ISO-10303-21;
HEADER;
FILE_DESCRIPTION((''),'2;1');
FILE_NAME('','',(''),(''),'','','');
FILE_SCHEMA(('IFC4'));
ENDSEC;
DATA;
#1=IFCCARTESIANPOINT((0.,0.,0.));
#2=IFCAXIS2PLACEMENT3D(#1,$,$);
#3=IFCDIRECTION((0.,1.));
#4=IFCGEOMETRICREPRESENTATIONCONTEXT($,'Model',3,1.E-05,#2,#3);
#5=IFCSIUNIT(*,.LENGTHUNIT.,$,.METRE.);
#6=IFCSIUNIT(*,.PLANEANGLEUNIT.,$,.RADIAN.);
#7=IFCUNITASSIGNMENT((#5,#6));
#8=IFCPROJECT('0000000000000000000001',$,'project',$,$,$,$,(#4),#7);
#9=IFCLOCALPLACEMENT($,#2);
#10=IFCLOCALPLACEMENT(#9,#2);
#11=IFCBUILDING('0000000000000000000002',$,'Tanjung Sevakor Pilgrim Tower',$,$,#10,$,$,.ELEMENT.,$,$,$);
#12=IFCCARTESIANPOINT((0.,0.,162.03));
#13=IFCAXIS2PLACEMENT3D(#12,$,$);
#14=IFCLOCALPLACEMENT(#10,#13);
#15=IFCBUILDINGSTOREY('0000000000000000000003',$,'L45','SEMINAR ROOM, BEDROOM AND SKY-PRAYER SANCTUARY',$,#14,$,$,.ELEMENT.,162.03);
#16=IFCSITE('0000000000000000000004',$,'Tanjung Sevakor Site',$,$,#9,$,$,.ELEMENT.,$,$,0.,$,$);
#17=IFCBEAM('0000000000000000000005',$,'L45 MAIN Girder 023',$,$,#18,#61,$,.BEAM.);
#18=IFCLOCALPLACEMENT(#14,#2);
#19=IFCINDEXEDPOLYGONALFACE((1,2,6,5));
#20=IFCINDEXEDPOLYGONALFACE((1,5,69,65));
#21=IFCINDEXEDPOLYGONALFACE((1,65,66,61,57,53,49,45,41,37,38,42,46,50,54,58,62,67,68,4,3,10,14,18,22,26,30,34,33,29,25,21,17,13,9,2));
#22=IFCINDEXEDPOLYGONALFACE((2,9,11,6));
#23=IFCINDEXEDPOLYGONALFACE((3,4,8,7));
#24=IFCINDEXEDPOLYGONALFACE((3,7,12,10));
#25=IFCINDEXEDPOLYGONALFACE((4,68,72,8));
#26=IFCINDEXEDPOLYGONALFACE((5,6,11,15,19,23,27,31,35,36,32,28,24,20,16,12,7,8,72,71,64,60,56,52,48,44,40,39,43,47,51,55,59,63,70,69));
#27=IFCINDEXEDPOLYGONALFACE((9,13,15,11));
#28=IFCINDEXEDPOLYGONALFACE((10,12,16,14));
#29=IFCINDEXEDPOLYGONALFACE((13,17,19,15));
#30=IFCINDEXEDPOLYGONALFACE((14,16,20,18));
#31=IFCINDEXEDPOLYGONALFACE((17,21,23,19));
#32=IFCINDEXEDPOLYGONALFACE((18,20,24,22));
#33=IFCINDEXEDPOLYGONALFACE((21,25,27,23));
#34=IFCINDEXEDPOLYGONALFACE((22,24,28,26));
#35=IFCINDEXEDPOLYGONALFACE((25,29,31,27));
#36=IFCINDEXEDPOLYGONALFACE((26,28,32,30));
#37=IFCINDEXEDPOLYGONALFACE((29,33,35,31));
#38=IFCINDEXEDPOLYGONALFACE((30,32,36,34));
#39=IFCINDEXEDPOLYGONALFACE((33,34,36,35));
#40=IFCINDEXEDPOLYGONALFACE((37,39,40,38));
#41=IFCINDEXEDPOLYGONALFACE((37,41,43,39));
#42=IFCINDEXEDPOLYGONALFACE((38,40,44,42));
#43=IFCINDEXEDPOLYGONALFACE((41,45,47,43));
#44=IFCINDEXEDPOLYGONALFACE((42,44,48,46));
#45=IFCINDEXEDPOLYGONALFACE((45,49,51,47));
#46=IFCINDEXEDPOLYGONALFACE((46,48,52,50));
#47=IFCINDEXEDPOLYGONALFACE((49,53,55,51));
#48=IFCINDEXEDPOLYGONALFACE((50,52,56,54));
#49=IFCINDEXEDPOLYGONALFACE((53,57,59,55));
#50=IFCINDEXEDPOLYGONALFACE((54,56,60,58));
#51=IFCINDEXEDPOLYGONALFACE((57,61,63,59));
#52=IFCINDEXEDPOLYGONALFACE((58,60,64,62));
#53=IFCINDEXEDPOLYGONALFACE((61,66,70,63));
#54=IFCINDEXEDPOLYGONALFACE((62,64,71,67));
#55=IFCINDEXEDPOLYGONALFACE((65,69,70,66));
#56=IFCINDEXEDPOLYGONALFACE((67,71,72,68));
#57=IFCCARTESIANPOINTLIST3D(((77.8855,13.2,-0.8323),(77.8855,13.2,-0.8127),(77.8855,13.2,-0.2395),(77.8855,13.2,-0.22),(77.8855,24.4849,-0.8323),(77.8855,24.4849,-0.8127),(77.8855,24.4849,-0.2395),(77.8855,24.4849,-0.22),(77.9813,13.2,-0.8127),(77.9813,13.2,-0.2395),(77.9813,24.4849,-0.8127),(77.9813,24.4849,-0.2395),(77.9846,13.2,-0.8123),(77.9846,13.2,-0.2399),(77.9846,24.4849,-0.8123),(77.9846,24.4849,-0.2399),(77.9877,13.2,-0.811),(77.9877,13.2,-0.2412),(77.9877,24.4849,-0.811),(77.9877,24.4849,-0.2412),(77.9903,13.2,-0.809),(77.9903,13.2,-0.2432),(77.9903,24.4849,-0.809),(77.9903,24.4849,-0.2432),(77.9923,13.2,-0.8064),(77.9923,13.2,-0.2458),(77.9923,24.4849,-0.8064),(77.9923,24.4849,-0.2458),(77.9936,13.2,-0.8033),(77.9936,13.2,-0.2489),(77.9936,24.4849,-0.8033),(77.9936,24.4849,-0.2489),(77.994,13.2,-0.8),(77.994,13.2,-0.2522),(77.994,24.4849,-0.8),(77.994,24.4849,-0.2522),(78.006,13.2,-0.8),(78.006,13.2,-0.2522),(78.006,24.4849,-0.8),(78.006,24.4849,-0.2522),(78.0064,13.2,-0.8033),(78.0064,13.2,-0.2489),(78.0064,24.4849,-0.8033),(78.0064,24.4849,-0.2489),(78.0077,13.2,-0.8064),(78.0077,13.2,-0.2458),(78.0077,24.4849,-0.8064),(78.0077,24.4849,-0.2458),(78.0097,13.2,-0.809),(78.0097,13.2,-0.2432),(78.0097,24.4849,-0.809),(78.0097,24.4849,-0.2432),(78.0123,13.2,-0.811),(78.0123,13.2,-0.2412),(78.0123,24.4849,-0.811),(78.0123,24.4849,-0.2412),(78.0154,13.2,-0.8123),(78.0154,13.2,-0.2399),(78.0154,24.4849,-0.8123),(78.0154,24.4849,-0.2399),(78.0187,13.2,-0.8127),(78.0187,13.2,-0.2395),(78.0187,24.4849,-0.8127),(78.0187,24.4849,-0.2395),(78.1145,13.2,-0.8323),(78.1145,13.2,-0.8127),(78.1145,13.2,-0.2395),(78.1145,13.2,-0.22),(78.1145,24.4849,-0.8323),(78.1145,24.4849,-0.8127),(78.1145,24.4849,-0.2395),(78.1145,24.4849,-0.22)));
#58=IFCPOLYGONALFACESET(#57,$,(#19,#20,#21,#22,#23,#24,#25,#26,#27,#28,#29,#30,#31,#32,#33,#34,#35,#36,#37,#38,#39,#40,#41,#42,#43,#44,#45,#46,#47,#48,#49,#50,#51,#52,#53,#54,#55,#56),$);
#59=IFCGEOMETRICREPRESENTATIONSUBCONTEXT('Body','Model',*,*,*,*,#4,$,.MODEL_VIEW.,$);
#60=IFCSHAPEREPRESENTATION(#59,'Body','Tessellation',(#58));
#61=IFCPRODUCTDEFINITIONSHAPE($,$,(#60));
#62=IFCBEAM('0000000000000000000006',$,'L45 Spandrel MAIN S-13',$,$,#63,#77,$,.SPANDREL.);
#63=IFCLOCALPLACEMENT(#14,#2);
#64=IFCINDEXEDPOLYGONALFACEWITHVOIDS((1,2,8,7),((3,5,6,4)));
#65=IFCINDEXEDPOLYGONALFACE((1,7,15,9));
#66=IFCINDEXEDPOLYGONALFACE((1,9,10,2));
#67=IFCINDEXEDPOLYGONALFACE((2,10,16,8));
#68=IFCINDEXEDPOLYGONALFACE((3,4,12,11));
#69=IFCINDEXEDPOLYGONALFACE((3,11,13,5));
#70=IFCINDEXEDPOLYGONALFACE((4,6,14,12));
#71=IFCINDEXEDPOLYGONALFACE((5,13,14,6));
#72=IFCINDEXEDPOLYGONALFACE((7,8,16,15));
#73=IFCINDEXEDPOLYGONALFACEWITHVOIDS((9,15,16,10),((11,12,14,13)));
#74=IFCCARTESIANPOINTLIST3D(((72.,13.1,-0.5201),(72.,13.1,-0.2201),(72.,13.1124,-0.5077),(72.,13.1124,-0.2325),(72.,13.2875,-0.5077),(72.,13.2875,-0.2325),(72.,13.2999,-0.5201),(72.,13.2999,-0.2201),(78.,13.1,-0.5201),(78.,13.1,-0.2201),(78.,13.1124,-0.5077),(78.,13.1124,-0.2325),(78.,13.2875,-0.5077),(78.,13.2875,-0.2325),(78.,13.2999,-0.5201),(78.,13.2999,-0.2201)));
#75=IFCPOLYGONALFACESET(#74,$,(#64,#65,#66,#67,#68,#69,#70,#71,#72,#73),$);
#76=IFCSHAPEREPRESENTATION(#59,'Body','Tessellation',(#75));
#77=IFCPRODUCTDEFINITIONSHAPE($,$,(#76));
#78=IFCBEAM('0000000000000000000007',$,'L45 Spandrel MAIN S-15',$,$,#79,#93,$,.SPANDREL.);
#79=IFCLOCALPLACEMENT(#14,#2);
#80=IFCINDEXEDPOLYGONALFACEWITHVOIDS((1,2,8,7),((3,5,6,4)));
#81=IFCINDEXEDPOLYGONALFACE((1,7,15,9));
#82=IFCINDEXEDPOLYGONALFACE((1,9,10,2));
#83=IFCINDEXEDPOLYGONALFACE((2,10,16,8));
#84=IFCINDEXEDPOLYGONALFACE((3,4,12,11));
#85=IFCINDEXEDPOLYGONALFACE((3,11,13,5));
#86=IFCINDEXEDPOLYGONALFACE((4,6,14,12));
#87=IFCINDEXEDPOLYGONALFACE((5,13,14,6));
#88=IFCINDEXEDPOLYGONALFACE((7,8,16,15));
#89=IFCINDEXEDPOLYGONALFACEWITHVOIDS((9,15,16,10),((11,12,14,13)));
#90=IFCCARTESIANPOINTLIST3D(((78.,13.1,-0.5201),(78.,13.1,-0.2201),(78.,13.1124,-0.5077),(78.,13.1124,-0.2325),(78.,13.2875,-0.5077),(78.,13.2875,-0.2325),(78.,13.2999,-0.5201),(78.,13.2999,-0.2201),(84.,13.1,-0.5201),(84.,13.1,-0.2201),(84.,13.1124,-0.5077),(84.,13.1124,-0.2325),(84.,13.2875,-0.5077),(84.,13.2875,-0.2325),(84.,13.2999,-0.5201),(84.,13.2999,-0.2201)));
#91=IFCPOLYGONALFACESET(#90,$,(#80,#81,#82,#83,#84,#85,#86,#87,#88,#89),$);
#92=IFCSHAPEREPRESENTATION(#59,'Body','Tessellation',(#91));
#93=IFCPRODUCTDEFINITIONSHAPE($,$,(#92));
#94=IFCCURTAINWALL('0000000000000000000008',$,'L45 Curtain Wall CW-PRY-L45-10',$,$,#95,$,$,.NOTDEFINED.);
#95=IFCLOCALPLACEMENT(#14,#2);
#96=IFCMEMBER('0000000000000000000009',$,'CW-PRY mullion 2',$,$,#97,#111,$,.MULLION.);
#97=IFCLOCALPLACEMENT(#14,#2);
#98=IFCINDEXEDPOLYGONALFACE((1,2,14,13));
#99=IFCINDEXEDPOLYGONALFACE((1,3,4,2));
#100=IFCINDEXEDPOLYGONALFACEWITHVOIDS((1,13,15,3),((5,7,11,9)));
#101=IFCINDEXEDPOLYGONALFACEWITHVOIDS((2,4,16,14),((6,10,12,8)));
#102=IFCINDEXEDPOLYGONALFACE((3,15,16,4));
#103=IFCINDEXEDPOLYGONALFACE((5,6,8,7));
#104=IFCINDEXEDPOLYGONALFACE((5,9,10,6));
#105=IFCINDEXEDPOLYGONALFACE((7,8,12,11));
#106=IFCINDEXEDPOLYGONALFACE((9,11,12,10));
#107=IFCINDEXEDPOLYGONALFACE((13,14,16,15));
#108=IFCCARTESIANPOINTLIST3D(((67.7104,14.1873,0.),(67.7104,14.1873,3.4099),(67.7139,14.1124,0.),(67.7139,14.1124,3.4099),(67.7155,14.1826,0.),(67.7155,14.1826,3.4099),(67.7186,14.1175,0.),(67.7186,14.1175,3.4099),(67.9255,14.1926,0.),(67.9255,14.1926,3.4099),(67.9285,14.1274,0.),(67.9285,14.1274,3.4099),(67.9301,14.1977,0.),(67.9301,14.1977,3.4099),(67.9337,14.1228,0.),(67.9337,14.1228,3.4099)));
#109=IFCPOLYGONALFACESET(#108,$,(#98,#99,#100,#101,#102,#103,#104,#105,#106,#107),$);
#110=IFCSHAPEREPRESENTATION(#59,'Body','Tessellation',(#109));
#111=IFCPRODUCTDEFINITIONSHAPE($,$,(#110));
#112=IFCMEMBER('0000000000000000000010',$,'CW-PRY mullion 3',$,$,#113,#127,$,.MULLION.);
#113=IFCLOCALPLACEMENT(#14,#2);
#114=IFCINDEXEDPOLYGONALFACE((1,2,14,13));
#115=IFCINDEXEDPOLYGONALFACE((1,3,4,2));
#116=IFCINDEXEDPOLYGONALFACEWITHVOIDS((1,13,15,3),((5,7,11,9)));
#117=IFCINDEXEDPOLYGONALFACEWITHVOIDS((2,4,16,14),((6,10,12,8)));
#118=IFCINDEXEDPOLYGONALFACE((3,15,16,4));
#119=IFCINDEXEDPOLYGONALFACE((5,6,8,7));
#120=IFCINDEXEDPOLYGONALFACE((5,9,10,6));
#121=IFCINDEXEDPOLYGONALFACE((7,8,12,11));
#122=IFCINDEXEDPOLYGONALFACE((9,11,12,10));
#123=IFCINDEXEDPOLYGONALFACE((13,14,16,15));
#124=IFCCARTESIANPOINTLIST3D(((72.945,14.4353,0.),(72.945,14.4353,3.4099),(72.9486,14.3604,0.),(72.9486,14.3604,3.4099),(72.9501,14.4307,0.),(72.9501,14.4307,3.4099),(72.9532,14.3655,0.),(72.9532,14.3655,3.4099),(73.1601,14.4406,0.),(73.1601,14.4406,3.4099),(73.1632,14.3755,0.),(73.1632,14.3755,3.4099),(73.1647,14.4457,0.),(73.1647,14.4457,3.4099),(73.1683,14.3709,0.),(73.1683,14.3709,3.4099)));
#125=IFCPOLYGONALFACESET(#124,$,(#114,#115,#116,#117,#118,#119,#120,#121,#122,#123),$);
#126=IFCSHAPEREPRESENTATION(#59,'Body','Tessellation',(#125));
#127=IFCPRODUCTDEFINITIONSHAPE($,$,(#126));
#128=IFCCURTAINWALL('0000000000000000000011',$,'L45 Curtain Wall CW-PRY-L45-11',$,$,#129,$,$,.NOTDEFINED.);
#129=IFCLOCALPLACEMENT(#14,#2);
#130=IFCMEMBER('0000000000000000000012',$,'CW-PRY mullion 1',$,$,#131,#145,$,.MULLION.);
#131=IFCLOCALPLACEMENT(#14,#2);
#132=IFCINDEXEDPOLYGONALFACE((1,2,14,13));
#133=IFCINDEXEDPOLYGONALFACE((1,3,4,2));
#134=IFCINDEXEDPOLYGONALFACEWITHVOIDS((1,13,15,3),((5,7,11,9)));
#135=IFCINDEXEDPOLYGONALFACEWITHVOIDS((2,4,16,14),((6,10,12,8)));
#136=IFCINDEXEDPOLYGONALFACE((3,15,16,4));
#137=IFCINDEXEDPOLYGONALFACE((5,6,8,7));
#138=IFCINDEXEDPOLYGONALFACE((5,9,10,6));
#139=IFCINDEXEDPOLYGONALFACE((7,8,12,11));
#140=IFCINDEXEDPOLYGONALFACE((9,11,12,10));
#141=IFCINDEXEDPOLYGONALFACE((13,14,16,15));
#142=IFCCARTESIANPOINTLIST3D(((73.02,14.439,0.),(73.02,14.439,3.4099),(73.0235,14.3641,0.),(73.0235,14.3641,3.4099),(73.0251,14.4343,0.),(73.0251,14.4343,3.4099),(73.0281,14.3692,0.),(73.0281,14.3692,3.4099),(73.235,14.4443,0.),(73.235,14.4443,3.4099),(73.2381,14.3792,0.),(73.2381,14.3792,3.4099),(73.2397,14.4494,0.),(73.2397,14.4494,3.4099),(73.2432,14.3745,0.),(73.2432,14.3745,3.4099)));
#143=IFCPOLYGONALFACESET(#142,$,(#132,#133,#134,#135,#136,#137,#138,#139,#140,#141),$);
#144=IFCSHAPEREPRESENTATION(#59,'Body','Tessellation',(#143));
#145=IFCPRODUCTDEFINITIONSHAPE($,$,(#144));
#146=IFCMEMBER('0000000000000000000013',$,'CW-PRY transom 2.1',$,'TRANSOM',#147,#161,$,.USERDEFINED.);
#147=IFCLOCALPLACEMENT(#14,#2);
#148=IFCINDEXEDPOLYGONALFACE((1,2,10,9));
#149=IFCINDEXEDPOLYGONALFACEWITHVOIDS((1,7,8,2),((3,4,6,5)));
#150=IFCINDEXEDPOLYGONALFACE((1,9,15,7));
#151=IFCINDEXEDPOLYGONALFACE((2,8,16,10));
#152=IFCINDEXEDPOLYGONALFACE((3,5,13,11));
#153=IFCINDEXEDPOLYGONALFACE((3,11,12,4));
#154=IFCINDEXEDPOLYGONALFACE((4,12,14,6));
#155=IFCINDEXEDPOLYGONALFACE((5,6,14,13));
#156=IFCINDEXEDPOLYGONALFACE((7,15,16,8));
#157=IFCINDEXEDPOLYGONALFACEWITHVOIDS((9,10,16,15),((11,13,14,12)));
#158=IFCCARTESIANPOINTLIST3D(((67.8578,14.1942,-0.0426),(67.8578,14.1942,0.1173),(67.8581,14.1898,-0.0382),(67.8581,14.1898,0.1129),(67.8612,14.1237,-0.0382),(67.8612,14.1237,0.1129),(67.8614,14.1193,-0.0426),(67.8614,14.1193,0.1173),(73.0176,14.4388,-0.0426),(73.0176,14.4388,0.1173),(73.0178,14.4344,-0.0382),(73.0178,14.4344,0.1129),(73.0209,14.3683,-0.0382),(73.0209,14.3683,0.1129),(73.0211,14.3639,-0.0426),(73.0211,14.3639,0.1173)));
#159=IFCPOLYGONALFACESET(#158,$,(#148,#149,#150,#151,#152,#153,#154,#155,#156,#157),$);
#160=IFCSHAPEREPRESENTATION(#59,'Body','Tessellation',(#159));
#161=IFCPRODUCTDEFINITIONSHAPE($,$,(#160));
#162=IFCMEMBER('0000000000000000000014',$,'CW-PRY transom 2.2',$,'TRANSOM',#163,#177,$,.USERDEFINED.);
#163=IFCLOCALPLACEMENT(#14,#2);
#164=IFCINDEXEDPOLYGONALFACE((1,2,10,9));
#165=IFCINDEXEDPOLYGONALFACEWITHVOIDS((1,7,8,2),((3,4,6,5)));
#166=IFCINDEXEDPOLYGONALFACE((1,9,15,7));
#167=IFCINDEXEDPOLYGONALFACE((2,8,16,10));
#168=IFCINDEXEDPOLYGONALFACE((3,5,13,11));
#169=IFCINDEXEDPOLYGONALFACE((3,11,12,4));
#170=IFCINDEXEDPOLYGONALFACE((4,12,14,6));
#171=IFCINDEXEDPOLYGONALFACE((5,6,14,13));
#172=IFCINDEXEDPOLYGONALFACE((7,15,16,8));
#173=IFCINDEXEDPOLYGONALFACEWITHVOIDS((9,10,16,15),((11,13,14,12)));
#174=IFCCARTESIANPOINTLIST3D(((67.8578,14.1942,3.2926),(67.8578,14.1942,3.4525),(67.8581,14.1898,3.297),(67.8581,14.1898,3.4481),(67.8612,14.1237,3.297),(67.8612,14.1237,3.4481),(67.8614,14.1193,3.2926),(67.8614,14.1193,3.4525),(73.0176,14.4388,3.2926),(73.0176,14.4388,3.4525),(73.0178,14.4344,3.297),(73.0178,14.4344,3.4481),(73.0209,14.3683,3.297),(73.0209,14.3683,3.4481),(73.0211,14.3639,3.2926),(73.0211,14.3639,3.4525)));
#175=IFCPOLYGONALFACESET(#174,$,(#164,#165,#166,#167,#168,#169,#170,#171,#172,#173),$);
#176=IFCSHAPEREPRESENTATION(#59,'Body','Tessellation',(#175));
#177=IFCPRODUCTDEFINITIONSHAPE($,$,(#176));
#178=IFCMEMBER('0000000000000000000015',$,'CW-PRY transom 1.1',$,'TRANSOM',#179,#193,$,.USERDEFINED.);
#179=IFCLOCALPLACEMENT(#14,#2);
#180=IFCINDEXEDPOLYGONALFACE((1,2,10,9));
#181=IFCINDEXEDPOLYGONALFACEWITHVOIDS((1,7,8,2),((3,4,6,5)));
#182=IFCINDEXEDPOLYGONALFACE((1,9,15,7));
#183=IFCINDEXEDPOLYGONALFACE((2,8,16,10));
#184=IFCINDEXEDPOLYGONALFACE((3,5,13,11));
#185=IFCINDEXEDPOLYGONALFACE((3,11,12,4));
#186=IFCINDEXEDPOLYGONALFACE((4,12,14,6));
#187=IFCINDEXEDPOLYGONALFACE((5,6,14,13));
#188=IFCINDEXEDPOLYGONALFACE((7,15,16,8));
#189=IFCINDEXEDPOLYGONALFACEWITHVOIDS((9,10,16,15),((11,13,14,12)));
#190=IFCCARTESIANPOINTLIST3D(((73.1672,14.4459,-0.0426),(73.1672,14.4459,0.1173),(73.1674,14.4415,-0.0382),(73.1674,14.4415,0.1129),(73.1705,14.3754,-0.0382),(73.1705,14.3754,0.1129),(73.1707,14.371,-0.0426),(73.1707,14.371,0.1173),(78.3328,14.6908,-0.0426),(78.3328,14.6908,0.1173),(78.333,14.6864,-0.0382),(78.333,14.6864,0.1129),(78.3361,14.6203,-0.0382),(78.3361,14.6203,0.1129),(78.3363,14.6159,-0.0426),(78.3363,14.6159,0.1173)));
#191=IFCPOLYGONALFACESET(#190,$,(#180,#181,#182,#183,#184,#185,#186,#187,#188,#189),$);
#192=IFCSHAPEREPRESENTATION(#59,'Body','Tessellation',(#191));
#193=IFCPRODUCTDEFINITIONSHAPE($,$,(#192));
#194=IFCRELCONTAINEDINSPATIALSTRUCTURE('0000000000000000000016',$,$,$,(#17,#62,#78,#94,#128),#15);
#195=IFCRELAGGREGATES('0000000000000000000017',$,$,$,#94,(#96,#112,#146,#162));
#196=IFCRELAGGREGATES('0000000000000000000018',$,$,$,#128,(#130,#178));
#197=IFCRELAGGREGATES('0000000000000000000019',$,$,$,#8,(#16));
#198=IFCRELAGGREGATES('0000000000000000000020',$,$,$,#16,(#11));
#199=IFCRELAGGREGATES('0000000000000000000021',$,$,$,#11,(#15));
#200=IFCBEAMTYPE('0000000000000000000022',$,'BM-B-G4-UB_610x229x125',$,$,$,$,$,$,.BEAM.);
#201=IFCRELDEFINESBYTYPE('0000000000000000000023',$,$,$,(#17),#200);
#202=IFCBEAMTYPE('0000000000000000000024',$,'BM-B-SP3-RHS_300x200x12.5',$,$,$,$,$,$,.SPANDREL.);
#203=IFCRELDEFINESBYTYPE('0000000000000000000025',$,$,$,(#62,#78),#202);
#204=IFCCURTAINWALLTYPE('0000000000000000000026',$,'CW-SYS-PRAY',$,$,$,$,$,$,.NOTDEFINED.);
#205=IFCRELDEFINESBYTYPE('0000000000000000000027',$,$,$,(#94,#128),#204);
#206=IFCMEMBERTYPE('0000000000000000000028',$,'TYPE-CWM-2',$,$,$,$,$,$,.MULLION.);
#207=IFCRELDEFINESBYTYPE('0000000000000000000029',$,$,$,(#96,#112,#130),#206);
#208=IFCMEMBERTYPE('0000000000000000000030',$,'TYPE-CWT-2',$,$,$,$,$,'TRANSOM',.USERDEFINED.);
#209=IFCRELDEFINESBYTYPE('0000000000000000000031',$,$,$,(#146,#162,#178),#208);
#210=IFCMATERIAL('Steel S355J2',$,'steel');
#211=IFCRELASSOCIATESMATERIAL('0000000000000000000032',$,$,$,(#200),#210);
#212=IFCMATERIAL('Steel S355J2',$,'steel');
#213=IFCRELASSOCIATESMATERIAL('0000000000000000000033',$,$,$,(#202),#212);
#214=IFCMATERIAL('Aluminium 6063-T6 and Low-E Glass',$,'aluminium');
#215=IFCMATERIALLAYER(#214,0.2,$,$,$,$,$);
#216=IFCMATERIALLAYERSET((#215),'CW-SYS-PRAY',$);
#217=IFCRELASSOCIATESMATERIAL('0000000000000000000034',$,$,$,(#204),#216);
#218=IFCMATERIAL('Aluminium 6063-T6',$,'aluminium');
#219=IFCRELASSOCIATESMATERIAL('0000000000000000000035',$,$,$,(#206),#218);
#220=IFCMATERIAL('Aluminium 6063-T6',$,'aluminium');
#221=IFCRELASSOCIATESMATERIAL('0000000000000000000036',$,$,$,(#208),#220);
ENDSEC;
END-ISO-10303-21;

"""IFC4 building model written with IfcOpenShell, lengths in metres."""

from ifc_helpers import new_model, si_unit, direction, frame, origin, origin_2d, place, context, subcontext, project, spatial, hollow_rectangle, i_section, extrude, material, layer, layer_set, material_profile, profile_set, type_object, element, aggregate, save


model = new_model("IFC4")

# Units and contexts
model_context = context("Model", 3, precision=1e-05, world=origin(), true_north=direction((0.0, 1.0)))
body_context = subcontext(model_context, "Body", "Model", "MODEL_VIEW")
ifc_project = project(units=[si_unit("LENGTHUNIT", "METRE"), si_unit("PLANEANGLEUNIT", "RADIAN")], contexts=[model_context])

# Site, building, storey
site_placement = place(None, origin())
site = spatial("IfcSite", under=ifc_project, at=site_placement, Name="Tanjung Sevakor Site", CompositionType="ELEMENT", RefElevation=0.0)
building_placement = place(site_placement, origin())
building = spatial("IfcBuilding", under=site, at=building_placement, Name="Tanjung Sevakor Pilgrim Tower", CompositionType="ELEMENT")
storey_placement = place(building_placement, frame((0.0, 0.0, 162.03)))
storey = spatial("IfcBuildingStorey", under=building, at=storey_placement, Name="L45", Description="SEMINAR ROOM, BEDROOM AND SKY-PRAYER SANCTUARY", CompositionType="ELEMENT", Elevation=162.03)

# Beams
ifc_material_1 = material(Name="Steel S355J2", Category="steel")
ifc_material_profile_1 = material_profile(ifc_material_1, i_section(OverallWidth=0.229, OverallDepth=0.6123, WebThickness=0.012, FlangeThickness=0.0195, FilletRadius=0.0127, at=origin_2d()))
ifc_profile_set_1 = profile_set([ifc_material_profile_1], Name="Steel S355J2")
beam_type_1 = type_object("IfcBeamType", Name="BM-B-G4-UB_610x229x125", PredefinedType="BEAM", material=ifc_profile_set_1)
beam_1_placement = place(storey_placement, frame((78.0, 13.2, -0.5261), z_axis=(0.0, 1.0, 0.0), x_axis=(-1.0, 0.0, 0.0)))
element("IfcBeam", 1, at=beam_1_placement, inside=storey, type_object=beam_type_1, Name="L45 MAIN Girder 023", PredefinedType="BEAM", context=body_context, shape_type="SweptSolid", body=[
    extrude(i_section(OverallWidth=0.229, OverallDepth=0.6123, WebThickness=0.012, FlangeThickness=0.0195, FilletRadius=0.0127, at=origin_2d()), origin(), (0.0, 0.0, 1.0), 11.2849),
])
ifc_material_2 = material(Name="Steel S355J2", Category="steel")
ifc_material_profile_2 = material_profile(ifc_material_2, hollow_rectangle(XDim=0.2, YDim=0.3, WallThickness=0.0125, at=origin_2d()))
ifc_profile_set_2 = profile_set([ifc_material_profile_2], Name="Steel S355J2")
beam_type_2 = type_object("IfcBeamType", Name="BM-B-SP3-RHS_300x200x12.5", PredefinedType="SPANDREL", material=ifc_profile_set_2)
for number, where, z_axis, x_axis, name in (
    (2, (72.0, 13.2, -0.3701), (1.0, 0.0, 0.0), (0.0, 1.0, 0.0), "L45 Spandrel MAIN S-13"),
    (3, (78.0, 13.2, -0.3701), (1.0, 0.0, 0.0), (0.0, 1.0, 0.0), "L45 Spandrel MAIN S-15"),
):
    element("IfcBeam", number, at=place(storey_placement, frame(where, z_axis=z_axis, x_axis=x_axis)), inside=storey, type_object=beam_type_2, Name=name, PredefinedType="SPANDREL", context=body_context, shape_type="SweptSolid", body=[
        extrude(hollow_rectangle(XDim=0.2, YDim=0.3, WallThickness=0.0125, at=origin_2d()), origin(), (0.0, 0.0, 1.0), 6.0),
    ])

# Curtain wall, members
ifc_material_3 = material(Name="Aluminium 6063-T6 and Low-E Glass", Category="aluminium")
ifc_layer_1 = layer(ifc_material_3, 0.2)
ifc_layer_set_1 = layer_set([ifc_layer_1], Name="CW-SYS-PRAY")
curtain_wall_type = type_object("IfcCurtainWallType", Name="CW-SYS-PRAY", PredefinedType="NOTDEFINED", material=ifc_layer_set_1)
curtain_wall_1_placement = place(storey_placement, origin())
curtain_wall_1 = element("IfcCurtainWall", 4, at=curtain_wall_1_placement, inside=storey, type_object=curtain_wall_type, Name="L45 Curtain Wall CW-PRY-L45-10", PredefinedType="NOTDEFINED")
ifc_material_4 = material(Name="Aluminium 6063-T6", Category="aluminium")
ifc_material_profile_3 = material_profile(ifc_material_4, hollow_rectangle(XDim=0.075, YDim=0.22, WallThickness=0.0049, at=origin_2d()))
ifc_profile_set_3 = profile_set([ifc_material_profile_3], Name="Aluminium 6063-T6")
member_type_1 = type_object("IfcMemberType", Name="TYPE-CWM-2", PredefinedType="MULLION", material=ifc_profile_set_3)
member_1_placement = place(storey_placement, frame((67.822, 14.155, 0.0), z_axis=(0.0, 0.0, 1.0), x_axis=(-0.047348, 0.998878, 0.0)))
member_1 = element("IfcMember", 5, at=member_1_placement, type_object=member_type_1, Name="CW-PRY mullion 2", PredefinedType="MULLION", context=body_context, shape_type="SweptSolid", body=[
    extrude(hollow_rectangle(XDim=0.075, YDim=0.22, WallThickness=0.0049, at=origin_2d()), origin(), (0.0, 0.0, 1.0), 3.4099),
])
member_2_placement = place(storey_placement, frame((73.0566, 14.4031, 0.0), z_axis=(0.0, 0.0, 1.0), x_axis=(-0.047348, 0.998878, 0.0)))
member_2 = element("IfcMember", 6, at=member_2_placement, type_object=member_type_1, Name="CW-PRY mullion 3", PredefinedType="MULLION", context=body_context, shape_type="SweptSolid", body=[
    extrude(hollow_rectangle(XDim=0.075, YDim=0.22, WallThickness=0.0049, at=origin_2d()), origin(), (0.0, 0.0, 1.0), 3.4099),
])

# Curtain wall, member
curtain_wall_2_placement = place(storey_placement, origin())
curtain_wall_2 = element("IfcCurtainWall", 7, at=curtain_wall_2_placement, inside=storey, type_object=curtain_wall_type, Name="L45 Curtain Wall CW-PRY-L45-11", PredefinedType="NOTDEFINED")
member_3_placement = place(storey_placement, frame((73.1316, 14.4067, 0.0), z_axis=(0.0, 0.0, 1.0), x_axis=(-0.047333, 0.998879, 0.0)))
member_3 = element("IfcMember", 8, at=member_3_placement, type_object=member_type_1, Name="CW-PRY mullion 1", PredefinedType="MULLION", context=body_context, shape_type="SweptSolid", body=[
    extrude(hollow_rectangle(XDim=0.075, YDim=0.22, WallThickness=0.0049, at=origin_2d()), origin(), (0.0, 0.0, 1.0), 3.4099),
])

# Members
ifc_material_5 = material(Name="Aluminium 6063-T6", Category="aluminium")
ifc_material_profile_4 = material_profile(ifc_material_5, hollow_rectangle(XDim=0.075, YDim=0.1599, WallThickness=0.0044, at=origin_2d()))
ifc_profile_set_4 = profile_set([ifc_material_profile_4], Name="Aluminium 6063-T6")
member_type_2 = type_object("IfcMemberType", Name="TYPE-CWT-2", ElementType="TRANSOM", PredefinedType="USERDEFINED", material=ifc_profile_set_4)
member_4_placement = place(storey_placement, frame((67.8596, 14.1567, 0.0374), z_axis=(0.998878, 0.047359, 0.0), x_axis=(-0.047359, 0.998878, 0.0)))
member_4 = element("IfcMember", 9, at=member_4_placement, type_object=member_type_2, Name="CW-PRY transom 2.1", ObjectType="TRANSOM", PredefinedType="USERDEFINED", context=body_context, shape_type="SweptSolid", body=[
    extrude(hollow_rectangle(XDim=0.075, YDim=0.1599, WallThickness=0.0044, at=origin_2d()), origin(), (0.0, 0.0, 1.0), 5.1655),
])
member_5_placement = place(storey_placement, frame((67.8596, 14.1567, 3.3726), z_axis=(0.998878, 0.047359, 0.0), x_axis=(-0.047359, 0.998878, 0.0)))
member_5 = element("IfcMember", 10, at=member_5_placement, type_object=member_type_2, Name="CW-PRY transom 2.2", ObjectType="TRANSOM", PredefinedType="USERDEFINED", context=body_context, shape_type="SweptSolid", body=[
    extrude(hollow_rectangle(XDim=0.075, YDim=0.1599, WallThickness=0.0044, at=origin_2d()), origin(), (0.0, 0.0, 1.0), 5.1655),
])
member_6_placement = place(storey_placement, frame((73.1689, 14.4084, 0.0374), z_axis=(0.998878, 0.047352, 0.0), x_axis=(-0.047352, 0.998878, 0.0)))
member_6 = element("IfcMember", 11, at=member_6_placement, type_object=member_type_2, Name="CW-PRY transom 1.1", ObjectType="TRANSOM", PredefinedType="USERDEFINED", context=body_context, shape_type="SweptSolid", body=[
    extrude(hollow_rectangle(XDim=0.075, YDim=0.1599, WallThickness=0.0044, at=origin_2d()), origin(), (0.0, 0.0, 1.0), 5.1714),
])

aggregate(curtain_wall_1, [member_1, member_2, member_4, member_5])
aggregate(curtain_wall_2, [member_3, member_6])

save(model, "model.ifc")
